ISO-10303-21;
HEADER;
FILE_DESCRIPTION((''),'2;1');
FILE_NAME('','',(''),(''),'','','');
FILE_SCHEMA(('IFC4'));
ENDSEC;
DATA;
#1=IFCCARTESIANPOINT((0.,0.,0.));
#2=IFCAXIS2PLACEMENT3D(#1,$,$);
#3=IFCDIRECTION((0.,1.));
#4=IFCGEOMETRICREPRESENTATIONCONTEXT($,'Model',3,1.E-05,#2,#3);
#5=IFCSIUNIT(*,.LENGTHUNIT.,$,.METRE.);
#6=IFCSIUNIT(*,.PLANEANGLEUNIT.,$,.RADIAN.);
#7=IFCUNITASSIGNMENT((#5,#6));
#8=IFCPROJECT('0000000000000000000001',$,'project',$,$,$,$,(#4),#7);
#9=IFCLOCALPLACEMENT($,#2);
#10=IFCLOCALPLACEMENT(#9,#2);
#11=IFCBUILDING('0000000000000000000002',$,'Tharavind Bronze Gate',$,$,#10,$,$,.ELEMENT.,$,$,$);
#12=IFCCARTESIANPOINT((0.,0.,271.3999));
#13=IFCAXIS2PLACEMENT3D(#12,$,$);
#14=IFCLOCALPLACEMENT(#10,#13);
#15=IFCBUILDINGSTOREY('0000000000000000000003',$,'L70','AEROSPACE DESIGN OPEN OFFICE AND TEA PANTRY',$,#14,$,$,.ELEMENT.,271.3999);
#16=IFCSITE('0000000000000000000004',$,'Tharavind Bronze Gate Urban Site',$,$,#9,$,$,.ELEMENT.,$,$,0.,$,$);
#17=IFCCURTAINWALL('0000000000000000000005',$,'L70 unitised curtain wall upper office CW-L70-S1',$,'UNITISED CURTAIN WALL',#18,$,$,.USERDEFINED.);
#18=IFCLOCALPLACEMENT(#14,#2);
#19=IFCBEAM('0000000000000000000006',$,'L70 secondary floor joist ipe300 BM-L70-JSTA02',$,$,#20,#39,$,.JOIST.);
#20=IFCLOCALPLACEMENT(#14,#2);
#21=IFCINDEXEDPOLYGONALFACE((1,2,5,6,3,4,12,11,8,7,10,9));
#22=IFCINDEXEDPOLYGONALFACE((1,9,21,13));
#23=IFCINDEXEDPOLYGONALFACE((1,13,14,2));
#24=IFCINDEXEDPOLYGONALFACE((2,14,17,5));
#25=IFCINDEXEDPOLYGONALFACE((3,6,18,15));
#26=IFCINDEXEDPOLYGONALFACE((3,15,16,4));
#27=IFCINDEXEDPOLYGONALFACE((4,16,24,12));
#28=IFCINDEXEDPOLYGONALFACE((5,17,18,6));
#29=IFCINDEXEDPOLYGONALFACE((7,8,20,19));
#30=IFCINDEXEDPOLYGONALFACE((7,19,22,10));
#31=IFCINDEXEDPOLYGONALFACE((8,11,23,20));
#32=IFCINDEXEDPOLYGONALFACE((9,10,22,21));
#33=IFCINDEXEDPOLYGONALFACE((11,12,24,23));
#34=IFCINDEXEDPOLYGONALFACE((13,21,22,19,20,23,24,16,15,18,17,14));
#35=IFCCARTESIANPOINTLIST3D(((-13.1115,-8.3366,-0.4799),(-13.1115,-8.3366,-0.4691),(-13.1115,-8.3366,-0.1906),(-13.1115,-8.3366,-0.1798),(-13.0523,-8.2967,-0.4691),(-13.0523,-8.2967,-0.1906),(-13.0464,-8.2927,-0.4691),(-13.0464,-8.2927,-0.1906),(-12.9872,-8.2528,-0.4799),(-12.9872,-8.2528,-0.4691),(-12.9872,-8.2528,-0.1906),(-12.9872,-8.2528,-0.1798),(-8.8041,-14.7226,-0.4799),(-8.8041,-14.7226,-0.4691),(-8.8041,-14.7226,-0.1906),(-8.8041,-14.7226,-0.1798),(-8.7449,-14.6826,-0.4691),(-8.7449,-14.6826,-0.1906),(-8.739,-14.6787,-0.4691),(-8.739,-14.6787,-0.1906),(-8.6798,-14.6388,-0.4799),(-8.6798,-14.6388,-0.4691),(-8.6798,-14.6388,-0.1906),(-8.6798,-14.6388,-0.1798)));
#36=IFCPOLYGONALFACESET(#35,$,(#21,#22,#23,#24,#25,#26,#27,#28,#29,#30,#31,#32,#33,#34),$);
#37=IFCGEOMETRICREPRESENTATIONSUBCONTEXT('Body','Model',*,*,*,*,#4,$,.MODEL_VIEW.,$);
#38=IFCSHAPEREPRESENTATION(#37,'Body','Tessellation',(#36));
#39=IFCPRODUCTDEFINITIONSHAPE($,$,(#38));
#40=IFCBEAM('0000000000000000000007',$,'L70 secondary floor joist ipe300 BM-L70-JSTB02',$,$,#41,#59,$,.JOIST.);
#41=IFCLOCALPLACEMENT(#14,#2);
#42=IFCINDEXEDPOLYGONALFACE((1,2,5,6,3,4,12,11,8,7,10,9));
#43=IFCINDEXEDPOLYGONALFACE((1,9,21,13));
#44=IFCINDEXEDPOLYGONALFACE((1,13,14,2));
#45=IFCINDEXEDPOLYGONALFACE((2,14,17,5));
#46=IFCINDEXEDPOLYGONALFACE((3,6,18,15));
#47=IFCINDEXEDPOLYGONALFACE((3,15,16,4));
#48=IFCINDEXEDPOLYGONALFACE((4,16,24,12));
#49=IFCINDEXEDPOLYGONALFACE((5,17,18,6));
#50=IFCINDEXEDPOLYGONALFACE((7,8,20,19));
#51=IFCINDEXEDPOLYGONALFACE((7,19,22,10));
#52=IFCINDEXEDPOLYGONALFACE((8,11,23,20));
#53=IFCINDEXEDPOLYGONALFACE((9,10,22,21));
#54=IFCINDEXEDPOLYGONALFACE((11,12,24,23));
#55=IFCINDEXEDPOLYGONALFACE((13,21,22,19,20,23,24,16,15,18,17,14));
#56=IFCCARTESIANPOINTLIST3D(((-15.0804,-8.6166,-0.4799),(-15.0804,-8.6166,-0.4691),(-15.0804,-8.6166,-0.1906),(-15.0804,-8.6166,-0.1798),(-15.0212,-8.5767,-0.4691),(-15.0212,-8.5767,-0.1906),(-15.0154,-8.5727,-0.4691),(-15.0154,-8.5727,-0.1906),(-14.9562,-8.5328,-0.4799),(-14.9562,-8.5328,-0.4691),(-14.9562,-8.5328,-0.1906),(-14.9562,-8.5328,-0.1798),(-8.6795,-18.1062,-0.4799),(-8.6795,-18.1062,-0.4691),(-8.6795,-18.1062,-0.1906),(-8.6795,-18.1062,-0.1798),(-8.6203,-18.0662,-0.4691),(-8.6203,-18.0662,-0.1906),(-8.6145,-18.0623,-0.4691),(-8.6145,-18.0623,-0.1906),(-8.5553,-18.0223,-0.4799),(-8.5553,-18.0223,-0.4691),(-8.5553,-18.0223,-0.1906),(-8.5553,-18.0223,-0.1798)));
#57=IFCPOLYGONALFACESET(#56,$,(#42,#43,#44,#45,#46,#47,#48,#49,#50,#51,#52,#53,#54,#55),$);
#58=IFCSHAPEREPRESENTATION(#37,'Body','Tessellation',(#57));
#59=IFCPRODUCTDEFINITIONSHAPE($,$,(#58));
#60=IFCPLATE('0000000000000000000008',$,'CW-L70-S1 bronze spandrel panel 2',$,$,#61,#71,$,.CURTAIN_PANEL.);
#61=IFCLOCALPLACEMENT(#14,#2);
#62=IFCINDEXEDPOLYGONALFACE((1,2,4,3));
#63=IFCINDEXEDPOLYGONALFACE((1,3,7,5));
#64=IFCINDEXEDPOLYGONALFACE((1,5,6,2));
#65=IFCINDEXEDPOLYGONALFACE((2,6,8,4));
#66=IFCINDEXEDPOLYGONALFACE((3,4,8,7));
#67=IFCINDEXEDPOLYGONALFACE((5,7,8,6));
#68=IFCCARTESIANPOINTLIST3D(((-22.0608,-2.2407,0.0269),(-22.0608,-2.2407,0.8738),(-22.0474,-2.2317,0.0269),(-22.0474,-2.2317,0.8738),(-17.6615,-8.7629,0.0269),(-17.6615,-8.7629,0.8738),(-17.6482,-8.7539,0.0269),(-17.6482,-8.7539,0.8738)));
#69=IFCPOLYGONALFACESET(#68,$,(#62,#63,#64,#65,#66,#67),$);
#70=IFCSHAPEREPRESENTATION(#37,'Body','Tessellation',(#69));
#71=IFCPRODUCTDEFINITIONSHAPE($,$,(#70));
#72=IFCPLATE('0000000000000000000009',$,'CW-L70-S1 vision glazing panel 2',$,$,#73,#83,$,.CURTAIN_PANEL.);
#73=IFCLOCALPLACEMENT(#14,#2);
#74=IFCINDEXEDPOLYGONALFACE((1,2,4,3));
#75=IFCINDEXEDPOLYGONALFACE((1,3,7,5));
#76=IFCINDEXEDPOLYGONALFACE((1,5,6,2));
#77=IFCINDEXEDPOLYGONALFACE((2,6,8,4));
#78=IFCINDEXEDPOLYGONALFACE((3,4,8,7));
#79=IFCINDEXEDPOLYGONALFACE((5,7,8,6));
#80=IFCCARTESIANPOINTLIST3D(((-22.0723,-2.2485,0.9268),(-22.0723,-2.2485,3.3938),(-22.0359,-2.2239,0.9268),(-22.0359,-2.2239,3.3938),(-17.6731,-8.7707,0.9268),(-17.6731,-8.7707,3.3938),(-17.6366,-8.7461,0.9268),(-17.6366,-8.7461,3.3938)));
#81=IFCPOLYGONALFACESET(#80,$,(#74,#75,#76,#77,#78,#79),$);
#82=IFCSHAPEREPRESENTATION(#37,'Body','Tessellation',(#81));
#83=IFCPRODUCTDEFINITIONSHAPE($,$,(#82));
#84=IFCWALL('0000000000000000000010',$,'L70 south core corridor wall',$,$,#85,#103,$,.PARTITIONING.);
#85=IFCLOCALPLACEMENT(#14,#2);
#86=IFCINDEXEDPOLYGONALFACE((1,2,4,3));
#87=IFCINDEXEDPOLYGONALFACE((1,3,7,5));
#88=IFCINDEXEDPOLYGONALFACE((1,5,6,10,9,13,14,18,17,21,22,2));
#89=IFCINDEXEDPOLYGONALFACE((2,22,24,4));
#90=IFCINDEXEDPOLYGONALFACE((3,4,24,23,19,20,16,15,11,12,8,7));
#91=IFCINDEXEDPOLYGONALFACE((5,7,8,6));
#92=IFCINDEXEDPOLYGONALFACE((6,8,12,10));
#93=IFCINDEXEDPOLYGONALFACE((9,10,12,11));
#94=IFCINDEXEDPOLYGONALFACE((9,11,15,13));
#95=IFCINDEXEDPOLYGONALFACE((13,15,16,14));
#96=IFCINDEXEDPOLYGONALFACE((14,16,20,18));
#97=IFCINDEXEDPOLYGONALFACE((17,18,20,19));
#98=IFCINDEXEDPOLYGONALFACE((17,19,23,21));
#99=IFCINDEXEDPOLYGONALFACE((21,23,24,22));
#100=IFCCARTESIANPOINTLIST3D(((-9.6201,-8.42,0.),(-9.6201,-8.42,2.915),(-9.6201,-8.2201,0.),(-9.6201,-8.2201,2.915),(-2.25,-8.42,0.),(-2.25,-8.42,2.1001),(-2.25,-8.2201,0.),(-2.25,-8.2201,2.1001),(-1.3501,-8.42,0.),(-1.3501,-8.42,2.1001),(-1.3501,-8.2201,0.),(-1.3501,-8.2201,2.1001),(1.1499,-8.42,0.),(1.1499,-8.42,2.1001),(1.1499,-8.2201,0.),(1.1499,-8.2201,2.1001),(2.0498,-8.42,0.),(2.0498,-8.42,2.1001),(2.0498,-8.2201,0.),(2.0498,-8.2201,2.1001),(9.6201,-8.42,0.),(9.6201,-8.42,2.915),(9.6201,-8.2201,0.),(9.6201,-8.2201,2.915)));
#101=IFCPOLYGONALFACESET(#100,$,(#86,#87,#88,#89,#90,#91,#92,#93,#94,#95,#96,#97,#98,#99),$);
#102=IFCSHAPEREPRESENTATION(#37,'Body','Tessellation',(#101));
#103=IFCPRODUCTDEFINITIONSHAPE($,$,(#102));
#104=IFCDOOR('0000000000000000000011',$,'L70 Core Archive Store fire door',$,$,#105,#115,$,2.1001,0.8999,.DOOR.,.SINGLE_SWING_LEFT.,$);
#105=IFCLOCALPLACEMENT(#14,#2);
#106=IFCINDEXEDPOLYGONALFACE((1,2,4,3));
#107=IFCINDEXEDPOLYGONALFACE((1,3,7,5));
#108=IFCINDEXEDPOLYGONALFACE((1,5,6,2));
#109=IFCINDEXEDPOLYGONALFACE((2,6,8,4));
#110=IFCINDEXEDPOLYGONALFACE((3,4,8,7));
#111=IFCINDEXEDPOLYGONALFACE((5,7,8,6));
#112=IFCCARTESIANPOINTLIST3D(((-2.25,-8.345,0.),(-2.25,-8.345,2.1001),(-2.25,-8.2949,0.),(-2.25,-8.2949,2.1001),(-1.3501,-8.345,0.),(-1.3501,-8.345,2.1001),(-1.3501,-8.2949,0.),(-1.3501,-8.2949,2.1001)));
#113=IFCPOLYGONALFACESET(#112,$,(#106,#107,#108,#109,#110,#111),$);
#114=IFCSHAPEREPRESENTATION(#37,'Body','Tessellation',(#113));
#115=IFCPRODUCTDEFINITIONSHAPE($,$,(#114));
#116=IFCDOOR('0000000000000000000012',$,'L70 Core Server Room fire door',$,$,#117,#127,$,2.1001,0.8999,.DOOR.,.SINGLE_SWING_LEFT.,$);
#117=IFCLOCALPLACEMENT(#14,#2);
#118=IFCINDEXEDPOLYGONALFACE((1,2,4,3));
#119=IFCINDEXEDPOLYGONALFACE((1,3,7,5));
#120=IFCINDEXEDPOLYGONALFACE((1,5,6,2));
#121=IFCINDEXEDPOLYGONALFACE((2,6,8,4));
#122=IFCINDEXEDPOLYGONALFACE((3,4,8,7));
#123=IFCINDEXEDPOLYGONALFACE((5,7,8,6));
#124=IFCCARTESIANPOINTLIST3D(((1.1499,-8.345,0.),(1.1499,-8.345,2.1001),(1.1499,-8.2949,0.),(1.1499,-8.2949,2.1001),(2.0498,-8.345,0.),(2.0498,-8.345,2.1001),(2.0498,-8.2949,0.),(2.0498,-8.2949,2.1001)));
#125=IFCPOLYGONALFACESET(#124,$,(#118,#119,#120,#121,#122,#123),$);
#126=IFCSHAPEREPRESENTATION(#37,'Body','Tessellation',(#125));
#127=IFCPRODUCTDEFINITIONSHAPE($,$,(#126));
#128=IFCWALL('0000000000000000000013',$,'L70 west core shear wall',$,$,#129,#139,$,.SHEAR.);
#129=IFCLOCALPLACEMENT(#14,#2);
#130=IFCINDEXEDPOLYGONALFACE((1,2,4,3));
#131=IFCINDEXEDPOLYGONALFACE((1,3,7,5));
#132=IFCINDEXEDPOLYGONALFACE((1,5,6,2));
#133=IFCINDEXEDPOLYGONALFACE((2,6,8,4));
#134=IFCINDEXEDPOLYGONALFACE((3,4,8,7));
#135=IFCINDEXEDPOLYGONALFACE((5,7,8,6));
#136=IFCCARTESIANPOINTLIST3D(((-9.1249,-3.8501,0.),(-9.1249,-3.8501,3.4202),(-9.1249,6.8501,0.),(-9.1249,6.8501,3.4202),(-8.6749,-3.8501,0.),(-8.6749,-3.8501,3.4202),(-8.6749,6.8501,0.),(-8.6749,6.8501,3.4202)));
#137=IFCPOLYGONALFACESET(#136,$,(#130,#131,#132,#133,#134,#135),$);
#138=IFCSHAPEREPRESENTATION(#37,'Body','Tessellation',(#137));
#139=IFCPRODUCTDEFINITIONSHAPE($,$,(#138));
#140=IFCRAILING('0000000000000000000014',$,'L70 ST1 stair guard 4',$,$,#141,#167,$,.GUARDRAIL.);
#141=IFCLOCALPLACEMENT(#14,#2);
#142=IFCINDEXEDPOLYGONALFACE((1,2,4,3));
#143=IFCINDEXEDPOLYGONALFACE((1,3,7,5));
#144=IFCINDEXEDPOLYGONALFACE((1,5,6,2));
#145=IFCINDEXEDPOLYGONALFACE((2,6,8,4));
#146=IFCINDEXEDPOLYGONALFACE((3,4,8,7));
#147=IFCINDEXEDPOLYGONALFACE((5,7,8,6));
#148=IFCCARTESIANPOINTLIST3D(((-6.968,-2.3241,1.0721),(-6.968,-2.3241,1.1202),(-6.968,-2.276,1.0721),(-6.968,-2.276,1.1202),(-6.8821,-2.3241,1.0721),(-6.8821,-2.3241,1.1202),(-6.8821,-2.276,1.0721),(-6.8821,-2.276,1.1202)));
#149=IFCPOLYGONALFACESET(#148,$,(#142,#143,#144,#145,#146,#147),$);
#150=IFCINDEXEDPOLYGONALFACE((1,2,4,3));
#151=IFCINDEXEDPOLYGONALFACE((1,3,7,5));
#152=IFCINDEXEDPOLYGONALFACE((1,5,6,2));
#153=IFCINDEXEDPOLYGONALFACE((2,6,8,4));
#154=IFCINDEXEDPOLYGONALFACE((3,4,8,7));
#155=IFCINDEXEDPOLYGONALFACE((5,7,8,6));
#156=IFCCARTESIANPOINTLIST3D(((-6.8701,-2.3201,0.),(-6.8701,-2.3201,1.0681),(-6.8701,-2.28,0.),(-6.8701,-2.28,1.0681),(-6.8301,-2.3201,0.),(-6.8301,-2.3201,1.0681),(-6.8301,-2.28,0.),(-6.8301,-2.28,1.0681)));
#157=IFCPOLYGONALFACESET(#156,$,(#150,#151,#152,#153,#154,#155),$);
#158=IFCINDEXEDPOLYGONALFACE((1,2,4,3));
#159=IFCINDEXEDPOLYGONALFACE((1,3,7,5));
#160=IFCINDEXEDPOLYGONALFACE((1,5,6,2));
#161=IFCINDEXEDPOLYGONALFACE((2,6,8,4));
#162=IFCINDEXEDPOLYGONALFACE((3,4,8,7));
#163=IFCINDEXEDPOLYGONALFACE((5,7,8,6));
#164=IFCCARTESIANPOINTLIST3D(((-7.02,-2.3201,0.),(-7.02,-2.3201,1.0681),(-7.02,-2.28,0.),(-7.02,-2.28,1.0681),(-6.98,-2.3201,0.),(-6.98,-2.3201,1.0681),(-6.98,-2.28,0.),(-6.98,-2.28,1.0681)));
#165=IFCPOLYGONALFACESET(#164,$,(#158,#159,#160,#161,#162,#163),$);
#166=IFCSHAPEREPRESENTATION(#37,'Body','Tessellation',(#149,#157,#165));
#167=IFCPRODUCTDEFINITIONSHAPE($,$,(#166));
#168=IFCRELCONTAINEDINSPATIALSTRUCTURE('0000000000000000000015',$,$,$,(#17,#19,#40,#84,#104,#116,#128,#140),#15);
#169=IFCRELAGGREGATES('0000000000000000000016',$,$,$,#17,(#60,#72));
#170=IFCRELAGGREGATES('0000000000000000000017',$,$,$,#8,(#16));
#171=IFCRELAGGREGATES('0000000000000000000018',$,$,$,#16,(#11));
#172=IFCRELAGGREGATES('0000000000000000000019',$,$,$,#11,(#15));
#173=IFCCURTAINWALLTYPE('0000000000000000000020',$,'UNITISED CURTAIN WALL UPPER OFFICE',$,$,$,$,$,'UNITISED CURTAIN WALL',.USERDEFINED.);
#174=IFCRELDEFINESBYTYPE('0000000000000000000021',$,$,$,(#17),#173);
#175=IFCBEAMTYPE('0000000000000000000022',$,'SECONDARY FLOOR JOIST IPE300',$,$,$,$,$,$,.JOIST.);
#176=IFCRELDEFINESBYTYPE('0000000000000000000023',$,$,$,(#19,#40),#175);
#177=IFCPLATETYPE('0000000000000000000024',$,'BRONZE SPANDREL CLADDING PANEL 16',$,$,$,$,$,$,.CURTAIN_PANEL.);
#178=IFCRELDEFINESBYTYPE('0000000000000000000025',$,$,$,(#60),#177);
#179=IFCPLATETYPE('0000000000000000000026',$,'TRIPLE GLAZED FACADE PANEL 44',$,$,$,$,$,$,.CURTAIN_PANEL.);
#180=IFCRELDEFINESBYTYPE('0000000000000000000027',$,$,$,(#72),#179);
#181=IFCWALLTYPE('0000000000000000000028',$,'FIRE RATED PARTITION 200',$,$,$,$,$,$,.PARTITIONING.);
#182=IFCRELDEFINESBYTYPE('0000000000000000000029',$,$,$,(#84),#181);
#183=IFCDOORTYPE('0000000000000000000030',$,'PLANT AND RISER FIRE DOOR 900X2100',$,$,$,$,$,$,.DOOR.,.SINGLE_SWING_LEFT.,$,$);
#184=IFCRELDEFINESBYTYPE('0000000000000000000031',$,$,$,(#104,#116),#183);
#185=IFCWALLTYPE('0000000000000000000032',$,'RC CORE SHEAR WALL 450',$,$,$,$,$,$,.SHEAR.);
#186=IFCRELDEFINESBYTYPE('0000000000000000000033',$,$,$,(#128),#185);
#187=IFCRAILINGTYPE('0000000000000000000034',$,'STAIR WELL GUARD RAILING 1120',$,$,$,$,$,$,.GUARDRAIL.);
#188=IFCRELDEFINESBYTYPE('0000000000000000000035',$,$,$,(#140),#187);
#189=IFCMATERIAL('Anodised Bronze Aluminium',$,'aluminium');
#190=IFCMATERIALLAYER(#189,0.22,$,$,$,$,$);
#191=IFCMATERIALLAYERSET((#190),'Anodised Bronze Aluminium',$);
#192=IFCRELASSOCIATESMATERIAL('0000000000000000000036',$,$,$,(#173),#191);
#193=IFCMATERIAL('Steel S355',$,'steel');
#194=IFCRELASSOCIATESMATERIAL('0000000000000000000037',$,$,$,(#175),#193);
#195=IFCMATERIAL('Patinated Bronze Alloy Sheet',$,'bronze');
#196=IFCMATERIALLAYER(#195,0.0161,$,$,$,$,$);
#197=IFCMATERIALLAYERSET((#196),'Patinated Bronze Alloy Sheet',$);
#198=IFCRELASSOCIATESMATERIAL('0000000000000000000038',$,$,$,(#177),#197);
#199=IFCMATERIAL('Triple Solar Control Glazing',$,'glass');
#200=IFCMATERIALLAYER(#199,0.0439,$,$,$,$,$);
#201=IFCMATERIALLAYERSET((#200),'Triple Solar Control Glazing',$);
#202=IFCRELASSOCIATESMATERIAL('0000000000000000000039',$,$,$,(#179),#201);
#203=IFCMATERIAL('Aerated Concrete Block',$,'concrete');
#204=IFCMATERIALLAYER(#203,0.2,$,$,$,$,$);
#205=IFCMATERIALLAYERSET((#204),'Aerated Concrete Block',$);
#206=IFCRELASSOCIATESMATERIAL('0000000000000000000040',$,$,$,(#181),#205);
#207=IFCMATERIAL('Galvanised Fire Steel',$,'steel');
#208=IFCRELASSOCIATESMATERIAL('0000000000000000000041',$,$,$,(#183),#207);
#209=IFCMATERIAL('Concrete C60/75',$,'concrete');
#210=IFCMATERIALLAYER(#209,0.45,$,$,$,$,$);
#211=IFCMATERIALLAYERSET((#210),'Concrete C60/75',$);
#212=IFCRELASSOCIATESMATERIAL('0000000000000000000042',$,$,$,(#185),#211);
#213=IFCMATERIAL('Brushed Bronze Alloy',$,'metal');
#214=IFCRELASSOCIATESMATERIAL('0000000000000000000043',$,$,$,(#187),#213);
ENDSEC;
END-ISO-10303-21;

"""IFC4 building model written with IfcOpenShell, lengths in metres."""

from ifc_helpers import new_model, si_unit, direction, frame, frame_2d, origin, origin_2d, place, context, subcontext, project, spatial, rectangle, i_section, extrude, material, layer, layer_set, material_profile, profile_set, type_object, element, fill, aggregate, save


model = new_model("IFC4")

# Units and contexts
model_context = context("Model", 3, precision=1e-05, world=origin(), true_north=direction((0.0, 1.0)))
body_context = subcontext(model_context, "Body", "Model", "MODEL_VIEW")
ifc_project = project(units=[si_unit("LENGTHUNIT", "METRE"), si_unit("PLANEANGLEUNIT", "RADIAN")], contexts=[model_context])

# Site, building, storey
site_placement = place(None, origin())
site = spatial("IfcSite", under=ifc_project, at=site_placement, Name="Tharavind Bronze Gate Urban Site", CompositionType="ELEMENT", RefElevation=0.0)
building_placement = place(site_placement, origin())
building = spatial("IfcBuilding", under=site, at=building_placement, Name="Tharavind Bronze Gate", CompositionType="ELEMENT")
storey_placement = place(building_placement, frame((0.0, 0.0, 271.3999)))
storey = spatial("IfcBuildingStorey", under=building, at=storey_placement, Name="L70", Description="AEROSPACE DESIGN OPEN OFFICE AND TEA PANTRY", CompositionType="ELEMENT", Elevation=271.3999)

# Curtain wall
ifc_material_1 = material(Name="Anodised Bronze Aluminium", Category="aluminium")
ifc_layer_1 = layer(ifc_material_1, 0.22)
ifc_layer_set_1 = layer_set([ifc_layer_1], Name="Anodised Bronze Aluminium")
curtain_wall_type = type_object("IfcCurtainWallType", Name="UNITISED CURTAIN WALL UPPER OFFICE", ElementType="UNITISED CURTAIN WALL", PredefinedType="USERDEFINED", material=ifc_layer_set_1)
curtain_wall_placement = place(storey_placement, origin())
curtain_wall = element("IfcCurtainWall", 1, at=curtain_wall_placement, inside=storey, type_object=curtain_wall_type, Name="L70 unitised curtain wall upper office CW-L70-S1", ObjectType="UNITISED CURTAIN WALL", PredefinedType="USERDEFINED")

# Beams
ifc_material_2 = material(Name="Steel S355", Category="steel")
ifc_material_profile_1 = material_profile(ifc_material_2, i_section(OverallWidth=0.1499, OverallDepth=0.3, WebThickness=0.0071, FlangeThickness=0.0107, at=origin_2d()), Name="IPE300")
ifc_profile_set_1 = profile_set([ifc_material_profile_1], Name="Steel S355")
beam_type_1 = type_object("IfcBeamType", Name="SECONDARY FLOOR JOIST IPE300", PredefinedType="JOIST", material=ifc_profile_set_1)
beam_1_placement = place(storey_placement, frame((-13.0493, -8.2947, -0.3298), z_axis=(0.55919, -0.829039, 0.0), x_axis=(0.829039, 0.55919, 0.0)))
element("IfcBeam", 2, at=beam_1_placement, inside=storey, type_object=beam_type_1, Name="L70 secondary floor joist ipe300 BM-L70-JSTA02", PredefinedType="JOIST", context=body_context, shape_type="SweptSolid", body=[
    extrude(i_section(OverallWidth=0.1499, OverallDepth=0.3, WebThickness=0.0071, FlangeThickness=0.0107, at=origin_2d()), origin(), (0.0, 0.0, 1.0), 7.7029),
])
beam_2_placement = place(storey_placement, frame((-15.0183, -8.5747, -0.3298), z_axis=(0.559201, -0.829032, 0.0), x_axis=(0.829032, 0.559201, 0.0)))
element("IfcBeam", 3, at=beam_2_placement, inside=storey, type_object=beam_type_1, Name="L70 secondary floor joist ipe300 BM-L70-JSTB02", PredefinedType="JOIST", context=body_context, shape_type="SweptSolid", body=[
    extrude(i_section(OverallWidth=0.1499, OverallDepth=0.3, WebThickness=0.0071, FlangeThickness=0.0107, at=origin_2d()), origin(), (0.0, 0.0, 1.0), 11.4465),
])

# Plates
ifc_material_3 = material(Name="Patinated Bronze Alloy Sheet", Category="bronze")
ifc_layer_2 = layer(ifc_material_3, 0.0161)
ifc_layer_set_2 = layer_set([ifc_layer_2], Name="Patinated Bronze Alloy Sheet")
plate_type_1 = type_object("IfcPlateType", Name="BRONZE SPANDREL CLADDING PANEL 16", PredefinedType="CURTAIN_PANEL", material=ifc_layer_set_2)
plate_1_placement = place(storey_placement, frame((-19.8545, -5.4973, 0.0269), z_axis=(0.0, 0.0, 1.0), x_axis=(0.559191, -0.829039, 0.0)))
plate_1 = element("IfcPlate", 4, at=plate_1_placement, type_object=plate_type_1, Name="CW-L70-S1 bronze spandrel panel 2", PredefinedType="CURTAIN_PANEL", context=body_context, shape_type="SweptSolid", body=[
    extrude(rectangle(XDim=7.8672, YDim=0.0161, at=origin_2d()), origin(), (0.0, 0.0, 1.0), 0.8469),
])
ifc_material_4 = material(Name="Triple Solar Control Glazing", Category="glass")
ifc_layer_3 = layer(ifc_material_4, 0.0439)
ifc_layer_set_3 = layer_set([ifc_layer_3], Name="Triple Solar Control Glazing")
plate_type_2 = type_object("IfcPlateType", Name="TRIPLE GLAZED FACADE PANEL 44", PredefinedType="CURTAIN_PANEL", material=ifc_layer_set_3)
plate_2_placement = place(storey_placement, frame((-19.8545, -5.4973, 0.9268), z_axis=(0.0, 0.0, 1.0), x_axis=(0.559191, -0.829039, 0.0)))
plate_2 = element("IfcPlate", 5, at=plate_2_placement, type_object=plate_type_2, Name="CW-L70-S1 vision glazing panel 2", PredefinedType="CURTAIN_PANEL", context=body_context, shape_type="SweptSolid", body=[
    extrude(rectangle(XDim=7.8672, YDim=0.0439, at=origin_2d()), origin(), (0.0, 0.0, 1.0), 2.467),
])
aggregate(curtain_wall, [plate_1, plate_2])

# Wall, openings, doors
ifc_material_5 = material(Name="Aerated Concrete Block", Category="concrete")
ifc_layer_4 = layer(ifc_material_5, 0.2)
ifc_layer_set_4 = layer_set([ifc_layer_4], Name="Aerated Concrete Block")
wall_type_1 = type_object("IfcWallType", Name="FIRE RATED PARTITION 200", PredefinedType="PARTITIONING", material=ifc_layer_set_4)
wall_1_placement = place(storey_placement, frame((-9.6201, -8.3201, 0.0), z_axis=(0.0, 0.0, 1.0), x_axis=(1.0, 0.0, 0.0)))
wall_1 = element("IfcWall", 6, at=wall_1_placement, inside=storey, type_object=wall_type_1, Name="L70 south core corridor wall", PredefinedType="PARTITIONING", context=body_context, shape_type="SweptSolid", body=[
    extrude(rectangle(XDim=19.2402, YDim=0.2, at=frame_2d((9.6201, 0.0))), origin(), (0.0, 0.0, 1.0), 2.915),
])
opening_1_placement = place(wall_1_placement, frame((7.3701, 0.0, 0.0)))
opening_1 = element("IfcOpeningElement", 7, at=opening_1_placement, cuts=wall_1, PredefinedType="OPENING", context=body_context, shape_type="SweptSolid", body=[
    extrude(rectangle(XDim=0.8999, YDim=2.1001, at=frame_2d((0.45, 1.05))), frame((0.0, 0.1101, 0.0), z_axis=(0.0, -1.0, 0.0), x_axis=(1.0, 0.0, 0.0)), (0.0, 0.0, 1.0), 0.22),
])
opening_2_placement = place(wall_1_placement, frame((10.77, 0.0, 0.0)))
opening_2 = element("IfcOpeningElement", 8, at=opening_2_placement, cuts=wall_1, PredefinedType="OPENING", context=body_context, shape_type="SweptSolid", body=[
    extrude(rectangle(XDim=0.8999, YDim=2.1001, at=frame_2d((0.45, 1.05))), frame((0.0, 0.1101, 0.0), z_axis=(0.0, -1.0, 0.0), x_axis=(1.0, 0.0, 0.0)), (0.0, 0.0, 1.0), 0.22),
])
ifc_material_6 = material(Name="Galvanised Fire Steel", Category="steel")
door_type_1 = type_object("IfcDoorType", Name="PLANT AND RISER FIRE DOOR 900X2100", OperationType="SINGLE_SWING_LEFT", PredefinedType="DOOR", material=ifc_material_6)
door_1_placement = place(opening_1_placement, frame((0.8999, 0.0, 0.0), z_axis=(0.0, 0.0, 1.0), x_axis=(-1.0, 0.0, 0.0)))
door_1 = element("IfcDoor", 9, at=door_1_placement, inside=storey, type_object=door_type_1, Name="L70 Core Archive Store fire door", OperationType="SINGLE_SWING_LEFT", OverallHeight=2.1001, OverallWidth=0.8999, PredefinedType="DOOR", context=body_context, shape_type="SweptSolid", body=[
    extrude(rectangle(XDim=0.8999, YDim=2.1001, at=frame_2d((0.45, 1.05))), frame((0.0, 0.0249, 0.0), z_axis=(0.0, -1.0, 0.0), x_axis=(1.0, 0.0, 0.0)), (0.0, 0.0, 1.0), 0.05),
])
fill(opening_1, door_1)
door_2_placement = place(opening_2_placement, frame((0.8999, 0.0, 0.0), z_axis=(0.0, 0.0, 1.0), x_axis=(-1.0, 0.0, 0.0)))
door_2 = element("IfcDoor", 10, at=door_2_placement, inside=storey, type_object=door_type_1, Name="L70 Core Server Room fire door", OperationType="SINGLE_SWING_LEFT", OverallHeight=2.1001, OverallWidth=0.8999, PredefinedType="DOOR", context=body_context, shape_type="SweptSolid", body=[
    extrude(rectangle(XDim=0.8999, YDim=2.1001, at=frame_2d((0.45, 1.05))), frame((0.0, 0.0249, 0.0), z_axis=(0.0, -1.0, 0.0), x_axis=(1.0, 0.0, 0.0)), (0.0, 0.0, 1.0), 0.05),
])
fill(opening_2, door_2)

# Wall
ifc_material_7 = material(Name="Concrete C60/75", Category="concrete")
ifc_layer_5 = layer(ifc_material_7, 0.45)
ifc_layer_set_5 = layer_set([ifc_layer_5], Name="Concrete C60/75")
wall_type_2 = type_object("IfcWallType", Name="RC CORE SHEAR WALL 450", PredefinedType="SHEAR", material=ifc_layer_set_5)
wall_2_placement = place(storey_placement, frame((-8.8999, -3.8501, 0.0), z_axis=(0.0, 0.0, 1.0), x_axis=(0.0, 1.0, 0.0)))
element("IfcWall", 11, at=wall_2_placement, inside=storey, type_object=wall_type_2, Name="L70 west core shear wall", PredefinedType="SHEAR", context=body_context, shape_type="SweptSolid", body=[
    extrude(rectangle(XDim=10.7002, YDim=0.45, at=frame_2d((5.3501, 0.0))), origin(), (0.0, 0.0, 1.0), 3.4202),
])

# Railing
ifc_material_8 = material(Name="Brushed Bronze Alloy", Category="metal")
railing_type = type_object("IfcRailingType", Name="STAIR WELL GUARD RAILING 1120", PredefinedType="GUARDRAIL", material=ifc_material_8)
railing_placement = place(storey_placement, frame((-6.8501, -2.3, 0.0)))
element("IfcRailing", 12, at=railing_placement, inside=storey, type_object=railing_type, Name="L70 ST1 stair guard 4", PredefinedType="GUARDRAIL", context=body_context, shape_type="SweptSolid", body=[
    extrude(rectangle(XDim=0.0481, YDim=0.0481, at=origin_2d()), frame((-0.032, 0.0, 1.0962), z_axis=(-1.0, 0.0, 0.0), x_axis=(0.0, -1.0, 0.0)), (0.0, 0.0, 1.0), 0.0859),
    extrude(rectangle(XDim=0.04, YDim=0.04, at=origin_2d()), origin(), (0.0, 0.0, 1.0), 1.0681),
    extrude(rectangle(XDim=0.04, YDim=0.04, at=origin_2d()), frame((-0.1499, 0.0, 0.0)), (0.0, 0.0, 1.0), 1.0681),
])

save(model, "model.ifc")
